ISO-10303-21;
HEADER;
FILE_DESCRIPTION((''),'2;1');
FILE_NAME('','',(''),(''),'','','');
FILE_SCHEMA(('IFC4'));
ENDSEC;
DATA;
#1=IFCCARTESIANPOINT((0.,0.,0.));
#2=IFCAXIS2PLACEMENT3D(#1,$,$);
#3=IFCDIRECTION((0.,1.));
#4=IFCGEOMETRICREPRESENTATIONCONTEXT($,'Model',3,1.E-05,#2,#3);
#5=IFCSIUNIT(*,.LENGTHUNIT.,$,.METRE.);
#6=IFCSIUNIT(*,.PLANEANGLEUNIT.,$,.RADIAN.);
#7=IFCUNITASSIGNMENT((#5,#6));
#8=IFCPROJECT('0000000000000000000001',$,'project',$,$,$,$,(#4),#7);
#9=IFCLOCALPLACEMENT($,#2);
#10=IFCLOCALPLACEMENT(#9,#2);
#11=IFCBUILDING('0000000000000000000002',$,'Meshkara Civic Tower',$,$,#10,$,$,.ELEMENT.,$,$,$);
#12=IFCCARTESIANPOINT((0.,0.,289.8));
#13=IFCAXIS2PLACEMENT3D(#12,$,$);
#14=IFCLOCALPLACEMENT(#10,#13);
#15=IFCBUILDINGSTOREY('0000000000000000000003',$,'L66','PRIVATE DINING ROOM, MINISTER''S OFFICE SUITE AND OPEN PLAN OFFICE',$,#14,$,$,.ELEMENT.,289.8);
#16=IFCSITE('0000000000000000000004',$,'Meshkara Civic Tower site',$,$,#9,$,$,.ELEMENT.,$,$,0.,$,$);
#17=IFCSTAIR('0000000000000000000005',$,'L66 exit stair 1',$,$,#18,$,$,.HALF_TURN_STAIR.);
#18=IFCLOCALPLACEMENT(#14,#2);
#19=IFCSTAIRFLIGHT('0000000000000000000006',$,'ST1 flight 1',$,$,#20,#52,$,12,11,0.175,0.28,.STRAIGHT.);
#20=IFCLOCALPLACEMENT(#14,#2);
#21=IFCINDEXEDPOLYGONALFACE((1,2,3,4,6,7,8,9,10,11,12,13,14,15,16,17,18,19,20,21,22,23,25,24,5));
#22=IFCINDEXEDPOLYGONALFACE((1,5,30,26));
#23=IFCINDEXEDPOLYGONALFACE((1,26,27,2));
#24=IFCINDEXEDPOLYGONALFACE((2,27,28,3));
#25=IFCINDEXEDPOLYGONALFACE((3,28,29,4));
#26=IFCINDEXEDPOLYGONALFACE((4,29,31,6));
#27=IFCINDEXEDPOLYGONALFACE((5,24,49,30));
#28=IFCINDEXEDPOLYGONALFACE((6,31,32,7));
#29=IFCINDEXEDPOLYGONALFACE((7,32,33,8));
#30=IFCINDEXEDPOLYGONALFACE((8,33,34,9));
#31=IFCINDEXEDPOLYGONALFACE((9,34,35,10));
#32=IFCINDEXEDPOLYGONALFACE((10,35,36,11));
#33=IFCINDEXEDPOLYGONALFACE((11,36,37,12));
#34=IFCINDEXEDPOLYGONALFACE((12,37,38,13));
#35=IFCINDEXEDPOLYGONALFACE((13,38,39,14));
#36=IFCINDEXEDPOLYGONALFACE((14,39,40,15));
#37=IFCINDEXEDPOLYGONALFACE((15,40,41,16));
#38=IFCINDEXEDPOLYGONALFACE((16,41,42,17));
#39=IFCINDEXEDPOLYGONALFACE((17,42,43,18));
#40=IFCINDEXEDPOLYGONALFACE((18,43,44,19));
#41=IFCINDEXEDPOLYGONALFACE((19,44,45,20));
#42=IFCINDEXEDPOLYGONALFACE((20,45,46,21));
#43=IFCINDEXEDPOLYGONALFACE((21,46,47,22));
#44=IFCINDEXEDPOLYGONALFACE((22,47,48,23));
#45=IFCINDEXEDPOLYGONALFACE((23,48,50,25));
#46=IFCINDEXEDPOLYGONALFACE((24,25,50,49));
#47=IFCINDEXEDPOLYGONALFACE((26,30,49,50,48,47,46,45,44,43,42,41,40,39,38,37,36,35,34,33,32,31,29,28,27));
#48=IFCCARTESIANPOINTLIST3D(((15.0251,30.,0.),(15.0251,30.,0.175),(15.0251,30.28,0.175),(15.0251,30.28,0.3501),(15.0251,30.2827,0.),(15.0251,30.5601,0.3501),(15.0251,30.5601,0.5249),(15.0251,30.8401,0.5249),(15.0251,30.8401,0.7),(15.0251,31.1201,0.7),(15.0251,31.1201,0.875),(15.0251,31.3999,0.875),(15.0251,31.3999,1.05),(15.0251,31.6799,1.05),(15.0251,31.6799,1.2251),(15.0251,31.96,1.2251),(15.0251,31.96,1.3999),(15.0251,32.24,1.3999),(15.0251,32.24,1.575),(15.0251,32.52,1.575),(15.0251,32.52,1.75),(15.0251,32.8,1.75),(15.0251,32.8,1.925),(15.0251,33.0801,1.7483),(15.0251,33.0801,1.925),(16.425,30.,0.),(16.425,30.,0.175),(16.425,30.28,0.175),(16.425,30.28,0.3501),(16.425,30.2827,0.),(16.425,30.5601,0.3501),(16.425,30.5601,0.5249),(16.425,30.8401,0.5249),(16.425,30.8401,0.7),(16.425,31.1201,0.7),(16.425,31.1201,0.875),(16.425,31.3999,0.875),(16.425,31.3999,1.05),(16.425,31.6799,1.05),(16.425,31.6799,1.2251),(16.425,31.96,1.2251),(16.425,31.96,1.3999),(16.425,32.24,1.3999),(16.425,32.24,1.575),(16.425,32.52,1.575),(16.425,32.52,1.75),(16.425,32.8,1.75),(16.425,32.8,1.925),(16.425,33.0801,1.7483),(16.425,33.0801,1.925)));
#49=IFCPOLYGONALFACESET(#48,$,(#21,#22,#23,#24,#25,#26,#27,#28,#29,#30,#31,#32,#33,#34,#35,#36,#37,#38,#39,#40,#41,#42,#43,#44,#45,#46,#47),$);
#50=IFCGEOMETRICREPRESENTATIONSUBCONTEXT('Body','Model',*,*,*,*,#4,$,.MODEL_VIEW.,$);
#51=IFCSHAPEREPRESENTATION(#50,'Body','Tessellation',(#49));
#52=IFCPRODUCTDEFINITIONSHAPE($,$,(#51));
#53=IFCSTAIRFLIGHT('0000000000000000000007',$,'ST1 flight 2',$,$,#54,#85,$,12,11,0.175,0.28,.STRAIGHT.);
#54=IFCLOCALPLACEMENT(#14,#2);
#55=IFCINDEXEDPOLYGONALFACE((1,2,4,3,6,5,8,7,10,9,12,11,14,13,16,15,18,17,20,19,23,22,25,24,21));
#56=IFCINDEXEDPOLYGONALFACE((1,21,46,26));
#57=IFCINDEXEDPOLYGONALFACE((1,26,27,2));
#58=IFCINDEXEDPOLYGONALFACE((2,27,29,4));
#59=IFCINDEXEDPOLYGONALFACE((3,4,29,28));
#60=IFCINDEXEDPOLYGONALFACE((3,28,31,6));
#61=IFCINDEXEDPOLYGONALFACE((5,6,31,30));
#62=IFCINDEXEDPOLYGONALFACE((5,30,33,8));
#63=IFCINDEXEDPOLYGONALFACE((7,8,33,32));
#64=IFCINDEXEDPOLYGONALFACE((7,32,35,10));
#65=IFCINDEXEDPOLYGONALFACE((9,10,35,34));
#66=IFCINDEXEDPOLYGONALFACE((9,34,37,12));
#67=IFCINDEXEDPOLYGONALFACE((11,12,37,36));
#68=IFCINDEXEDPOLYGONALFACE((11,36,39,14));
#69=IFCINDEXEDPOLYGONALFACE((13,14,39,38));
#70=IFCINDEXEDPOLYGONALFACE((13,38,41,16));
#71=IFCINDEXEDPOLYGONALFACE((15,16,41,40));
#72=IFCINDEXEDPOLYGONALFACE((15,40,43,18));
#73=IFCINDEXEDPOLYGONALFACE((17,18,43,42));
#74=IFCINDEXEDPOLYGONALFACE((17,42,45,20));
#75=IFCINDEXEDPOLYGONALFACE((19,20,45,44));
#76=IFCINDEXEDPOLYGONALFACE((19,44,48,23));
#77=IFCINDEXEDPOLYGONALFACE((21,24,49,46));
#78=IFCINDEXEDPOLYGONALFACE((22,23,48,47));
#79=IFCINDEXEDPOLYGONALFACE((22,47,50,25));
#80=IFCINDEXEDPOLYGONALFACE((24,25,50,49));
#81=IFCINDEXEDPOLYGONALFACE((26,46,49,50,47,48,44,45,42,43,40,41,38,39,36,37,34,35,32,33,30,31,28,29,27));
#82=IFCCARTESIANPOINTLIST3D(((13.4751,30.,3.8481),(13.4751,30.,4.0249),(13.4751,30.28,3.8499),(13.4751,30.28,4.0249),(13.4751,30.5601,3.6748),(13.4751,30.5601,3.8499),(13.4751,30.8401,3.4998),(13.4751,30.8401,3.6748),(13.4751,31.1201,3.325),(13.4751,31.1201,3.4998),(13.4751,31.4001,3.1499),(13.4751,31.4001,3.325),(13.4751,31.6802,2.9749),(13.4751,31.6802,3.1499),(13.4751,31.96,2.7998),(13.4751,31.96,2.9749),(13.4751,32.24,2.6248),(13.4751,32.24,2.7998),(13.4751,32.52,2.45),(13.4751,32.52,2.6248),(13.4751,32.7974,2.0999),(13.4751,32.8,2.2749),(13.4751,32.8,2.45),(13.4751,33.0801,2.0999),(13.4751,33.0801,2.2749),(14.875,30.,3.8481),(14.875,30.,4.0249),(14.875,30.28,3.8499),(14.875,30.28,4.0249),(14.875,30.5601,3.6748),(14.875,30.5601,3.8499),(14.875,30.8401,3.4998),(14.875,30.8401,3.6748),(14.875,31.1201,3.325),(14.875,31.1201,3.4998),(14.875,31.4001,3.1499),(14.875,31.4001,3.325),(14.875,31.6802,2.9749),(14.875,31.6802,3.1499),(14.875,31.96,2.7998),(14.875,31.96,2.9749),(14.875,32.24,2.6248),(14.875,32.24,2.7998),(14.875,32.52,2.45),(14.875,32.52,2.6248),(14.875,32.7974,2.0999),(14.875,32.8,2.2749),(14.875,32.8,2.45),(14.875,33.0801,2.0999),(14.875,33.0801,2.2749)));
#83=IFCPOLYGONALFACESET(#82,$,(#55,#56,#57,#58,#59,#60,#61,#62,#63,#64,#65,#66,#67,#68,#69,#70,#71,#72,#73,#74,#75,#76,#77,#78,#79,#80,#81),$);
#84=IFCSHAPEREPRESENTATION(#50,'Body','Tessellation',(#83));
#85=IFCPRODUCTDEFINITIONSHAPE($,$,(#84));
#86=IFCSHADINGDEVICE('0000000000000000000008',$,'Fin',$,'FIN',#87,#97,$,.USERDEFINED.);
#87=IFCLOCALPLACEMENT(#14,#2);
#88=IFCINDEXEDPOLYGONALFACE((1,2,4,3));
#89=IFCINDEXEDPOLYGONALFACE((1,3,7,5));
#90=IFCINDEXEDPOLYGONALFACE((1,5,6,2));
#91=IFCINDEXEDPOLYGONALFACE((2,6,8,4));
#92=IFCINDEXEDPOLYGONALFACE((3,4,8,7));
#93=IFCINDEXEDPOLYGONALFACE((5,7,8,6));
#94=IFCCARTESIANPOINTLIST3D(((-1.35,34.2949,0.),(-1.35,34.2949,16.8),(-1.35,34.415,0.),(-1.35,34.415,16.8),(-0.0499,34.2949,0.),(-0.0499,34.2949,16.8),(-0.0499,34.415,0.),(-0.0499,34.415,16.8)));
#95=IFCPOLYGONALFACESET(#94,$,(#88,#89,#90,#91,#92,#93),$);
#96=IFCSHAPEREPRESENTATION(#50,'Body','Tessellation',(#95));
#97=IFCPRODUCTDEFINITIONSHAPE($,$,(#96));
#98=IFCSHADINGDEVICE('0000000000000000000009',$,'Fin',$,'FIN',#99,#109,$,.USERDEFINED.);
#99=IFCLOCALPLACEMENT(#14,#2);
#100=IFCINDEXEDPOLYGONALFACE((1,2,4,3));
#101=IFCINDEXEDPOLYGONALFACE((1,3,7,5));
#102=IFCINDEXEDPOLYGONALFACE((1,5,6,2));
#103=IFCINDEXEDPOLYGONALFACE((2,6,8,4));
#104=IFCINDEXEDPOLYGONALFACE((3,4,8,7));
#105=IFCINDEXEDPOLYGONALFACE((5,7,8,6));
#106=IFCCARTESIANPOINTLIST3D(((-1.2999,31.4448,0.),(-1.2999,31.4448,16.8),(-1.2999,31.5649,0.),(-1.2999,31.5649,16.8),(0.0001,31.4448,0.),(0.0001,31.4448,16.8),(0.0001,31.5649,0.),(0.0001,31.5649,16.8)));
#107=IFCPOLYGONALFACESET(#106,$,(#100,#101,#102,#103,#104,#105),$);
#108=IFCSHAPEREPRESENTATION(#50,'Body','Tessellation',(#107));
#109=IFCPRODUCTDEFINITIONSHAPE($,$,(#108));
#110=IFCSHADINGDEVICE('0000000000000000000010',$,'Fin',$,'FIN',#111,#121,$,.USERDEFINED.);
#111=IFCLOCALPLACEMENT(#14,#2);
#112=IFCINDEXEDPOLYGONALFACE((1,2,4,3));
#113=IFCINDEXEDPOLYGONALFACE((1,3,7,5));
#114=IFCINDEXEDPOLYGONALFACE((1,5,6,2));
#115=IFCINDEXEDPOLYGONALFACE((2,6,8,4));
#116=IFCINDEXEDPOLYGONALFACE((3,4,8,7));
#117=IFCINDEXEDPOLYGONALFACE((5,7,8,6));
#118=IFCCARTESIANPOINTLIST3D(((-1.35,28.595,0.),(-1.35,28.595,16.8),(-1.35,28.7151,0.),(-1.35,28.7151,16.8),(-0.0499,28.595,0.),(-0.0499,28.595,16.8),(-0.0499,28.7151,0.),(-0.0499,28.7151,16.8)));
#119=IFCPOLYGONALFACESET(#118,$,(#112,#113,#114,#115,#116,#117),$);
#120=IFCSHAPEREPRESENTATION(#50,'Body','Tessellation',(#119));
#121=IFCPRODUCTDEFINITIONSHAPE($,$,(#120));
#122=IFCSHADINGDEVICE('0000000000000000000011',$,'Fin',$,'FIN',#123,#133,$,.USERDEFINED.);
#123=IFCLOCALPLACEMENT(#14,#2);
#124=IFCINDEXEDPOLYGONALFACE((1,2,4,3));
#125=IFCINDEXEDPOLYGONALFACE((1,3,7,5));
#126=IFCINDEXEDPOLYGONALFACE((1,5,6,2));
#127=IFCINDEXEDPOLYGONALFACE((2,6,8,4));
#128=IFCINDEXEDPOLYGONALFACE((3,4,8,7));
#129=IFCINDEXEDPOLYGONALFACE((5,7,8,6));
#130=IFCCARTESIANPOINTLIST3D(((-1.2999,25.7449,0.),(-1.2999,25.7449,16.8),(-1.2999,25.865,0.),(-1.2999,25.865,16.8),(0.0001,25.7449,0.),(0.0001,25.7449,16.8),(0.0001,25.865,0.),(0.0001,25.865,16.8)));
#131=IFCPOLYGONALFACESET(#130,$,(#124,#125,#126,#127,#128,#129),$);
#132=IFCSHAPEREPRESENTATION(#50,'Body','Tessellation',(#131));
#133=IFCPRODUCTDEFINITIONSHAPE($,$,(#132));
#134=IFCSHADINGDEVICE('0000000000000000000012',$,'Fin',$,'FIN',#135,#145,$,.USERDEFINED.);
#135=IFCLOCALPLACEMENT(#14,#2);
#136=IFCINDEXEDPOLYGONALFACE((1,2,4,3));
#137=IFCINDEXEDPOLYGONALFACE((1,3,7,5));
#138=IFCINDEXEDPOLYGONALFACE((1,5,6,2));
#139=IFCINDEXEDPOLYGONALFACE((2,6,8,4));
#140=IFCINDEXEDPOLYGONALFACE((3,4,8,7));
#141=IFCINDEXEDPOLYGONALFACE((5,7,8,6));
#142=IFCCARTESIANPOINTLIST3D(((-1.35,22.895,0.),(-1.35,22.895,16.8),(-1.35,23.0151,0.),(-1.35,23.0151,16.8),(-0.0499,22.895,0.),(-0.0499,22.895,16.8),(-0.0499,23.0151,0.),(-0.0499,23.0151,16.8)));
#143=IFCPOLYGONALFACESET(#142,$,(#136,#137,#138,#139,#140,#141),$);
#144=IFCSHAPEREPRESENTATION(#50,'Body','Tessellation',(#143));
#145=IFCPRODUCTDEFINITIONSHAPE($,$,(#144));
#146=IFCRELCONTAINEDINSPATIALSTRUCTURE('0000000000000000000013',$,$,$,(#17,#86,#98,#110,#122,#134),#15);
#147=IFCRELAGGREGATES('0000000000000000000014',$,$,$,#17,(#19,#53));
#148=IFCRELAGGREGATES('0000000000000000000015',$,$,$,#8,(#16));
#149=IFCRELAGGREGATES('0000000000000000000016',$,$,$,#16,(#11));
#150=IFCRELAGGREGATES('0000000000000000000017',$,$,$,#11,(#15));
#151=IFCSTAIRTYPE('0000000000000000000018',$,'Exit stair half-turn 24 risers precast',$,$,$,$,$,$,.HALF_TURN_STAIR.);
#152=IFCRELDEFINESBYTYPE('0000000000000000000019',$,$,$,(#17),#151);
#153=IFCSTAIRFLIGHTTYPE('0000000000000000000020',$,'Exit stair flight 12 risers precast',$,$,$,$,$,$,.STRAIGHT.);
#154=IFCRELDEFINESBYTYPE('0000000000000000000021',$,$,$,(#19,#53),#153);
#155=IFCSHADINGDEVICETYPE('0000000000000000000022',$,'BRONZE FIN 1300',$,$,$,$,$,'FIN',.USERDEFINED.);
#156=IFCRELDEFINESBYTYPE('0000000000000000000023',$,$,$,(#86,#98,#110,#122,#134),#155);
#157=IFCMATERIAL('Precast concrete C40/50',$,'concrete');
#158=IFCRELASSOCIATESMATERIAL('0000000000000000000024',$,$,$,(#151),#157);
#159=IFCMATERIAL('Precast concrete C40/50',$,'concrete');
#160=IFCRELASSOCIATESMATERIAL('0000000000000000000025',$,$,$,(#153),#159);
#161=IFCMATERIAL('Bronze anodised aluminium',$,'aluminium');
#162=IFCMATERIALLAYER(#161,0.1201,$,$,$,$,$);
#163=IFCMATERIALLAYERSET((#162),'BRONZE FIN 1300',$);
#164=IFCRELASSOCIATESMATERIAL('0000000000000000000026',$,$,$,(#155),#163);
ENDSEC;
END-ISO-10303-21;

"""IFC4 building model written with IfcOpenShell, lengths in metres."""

from ifc_helpers import new_model, si_unit, direction, frame, origin, origin_2d, place, context, subcontext, project, spatial, polyline, rectangle, outline, extrude, material, layer, layer_set, type_object, element, aggregate, save


model = new_model("IFC4")

# Units and contexts
model_context = context("Model", 3, precision=1e-05, world=origin(), true_north=direction((0.0, 1.0)))
body_context = subcontext(model_context, "Body", "Model", "MODEL_VIEW")
ifc_project = project(units=[si_unit("LENGTHUNIT", "METRE"), si_unit("PLANEANGLEUNIT", "RADIAN")], contexts=[model_context])

# Site, building, storey
site_placement = place(None, origin())
site = spatial("IfcSite", under=ifc_project, at=site_placement, Name="Meshkara Civic Tower site", CompositionType="ELEMENT", RefElevation=0.0)
building_placement = place(site_placement, origin())
building = spatial("IfcBuilding", under=site, at=building_placement, Name="Meshkara Civic Tower", CompositionType="ELEMENT")
storey_placement = place(building_placement, frame((0.0, 0.0, 289.8)))
storey = spatial("IfcBuildingStorey", under=building, at=storey_placement, Name="L66", Description="PRIVATE DINING ROOM, MINISTER'S OFFICE SUITE AND OPEN PLAN OFFICE", CompositionType="ELEMENT", Elevation=289.8)

# Stair, stair flights
ifc_material_1 = material(Name="Precast concrete C40/50", Category="concrete")
stair_type = type_object("IfcStairType", Name="Exit stair half-turn 24 risers precast", PredefinedType="HALF_TURN_STAIR", material=ifc_material_1)
stair_placement = place(storey_placement, origin())
stair = element("IfcStair", 1, at=stair_placement, inside=storey, type_object=stair_type, Name="L66 exit stair 1", PredefinedType="HALF_TURN_STAIR")
ifc_material_2 = material(Name="Precast concrete C40/50", Category="concrete")
stair_flight_type = type_object("IfcStairFlightType", Name="Exit stair flight 12 risers precast", PredefinedType="STRAIGHT", material=ifc_material_2)
stair_flight_1_placement = place(storey_placement, frame((15.7251, 30.0, 0.0), z_axis=(0.0, 0.0, 1.0), x_axis=(0.0, 1.0, 0.0)))
stair_flight_1 = element("IfcStairFlight", 2, at=stair_flight_1_placement, type_object=stair_flight_type, Name="ST1 flight 1", NumberOfRisers=12, NumberOfTreads=11, PredefinedType="STRAIGHT", RiserHeight=0.175, TreadLength=0.28, context=body_context, shape_type="SweptSolid", body=[
    extrude(outline(polyline([(0.0, 0.0), (0.0, 0.175), (0.28, 0.175), (0.28, 0.3501), (0.5601, 0.3501), (0.5601, 0.5249), (0.8401, 0.5249), (0.8401, 0.7), (1.1201, 0.7), (1.1201, 0.875), (1.3999, 0.875), (1.3999, 1.05), (1.6799, 1.05), (1.6799, 1.2251), (1.96, 1.2251), (1.96, 1.3999), (2.24, 1.3999), (2.24, 1.575), (2.52, 1.575), (2.52, 1.75), (2.8, 1.75), (2.8, 1.925), (3.0801, 1.925), (3.0801, 2.1001), (3.0801, 1.7483), (0.2827, 0.0), (0.0, 0.0)])), frame((0.0, 0.7, 0.0), z_axis=(0.0, -1.0, 0.0), x_axis=(1.0, 0.0, 0.0)), (0.0, 0.0, 1.0), 1.3999),
])
stair_flight_2_placement = place(storey_placement, frame((14.175, 33.0801, 2.0999), z_axis=(0.0, 0.0, 1.0), x_axis=(0.0, -1.0, 0.0)))
stair_flight_2 = element("IfcStairFlight", 3, at=stair_flight_2_placement, type_object=stair_flight_type, Name="ST1 flight 2", NumberOfRisers=12, NumberOfTreads=11, PredefinedType="STRAIGHT", RiserHeight=0.175, TreadLength=0.28, context=body_context, shape_type="SweptSolid", body=[
    extrude(outline(polyline([(0.0, 0.0), (0.0, 0.175), (0.28, 0.175), (0.28, 0.3501), (0.5601, 0.3501), (0.5601, 0.5249), (0.8401, 0.5249), (0.8401, 0.7), (1.1201, 0.7), (1.1201, 0.875), (1.3999, 0.875), (1.3999, 1.05), (1.6799, 1.05), (1.6799, 1.2251), (1.96, 1.2251), (1.96, 1.3999), (2.24, 1.3999), (2.24, 1.575), (2.52, 1.575), (2.52, 1.75), (2.8, 1.75), (2.8, 1.925), (3.0801, 1.925), (3.0801, 2.1001), (3.0801, 1.7483), (0.2827, 0.0), (0.0, 0.0)])), frame((0.0, 0.7, 0.0), z_axis=(0.0, -1.0, 0.0), x_axis=(1.0, 0.0, 0.0)), (0.0, 0.0, 1.0), 1.3999),
])
aggregate(stair, [stair_flight_1, stair_flight_2])

# Shading devices
ifc_material_3 = material(Name="Bronze anodised aluminium", Category="aluminium")
ifc_layer_1 = layer(ifc_material_3, 0.1201)
ifc_layer_set_1 = layer_set([ifc_layer_1], Name="BRONZE FIN 1300")
shading_device_type = type_object("IfcShadingDeviceType", Name="BRONZE FIN 1300", ElementType="FIN", PredefinedType="USERDEFINED", material=ifc_layer_set_1)
for number, where, z_axis, x_axis, name in (
    (4, (-0.7, 34.355, 0.0), (0.0, 0.0, 1.0), (0.0, -1.0, 0.0), "Fin"),
    (5, (-0.6499, 31.5049, 0.0), (0.0, 0.0, 1.0), (0.0, -1.0, 0.0), "Fin"),
    (6, (-0.7, 28.655, 0.0), (0.0, 0.0, 1.0), (0.0, -1.0, 0.0), "Fin"),
    (7, (-0.6499, 25.8049, 0.0), (0.0, 0.0, 1.0), (0.0, -1.0, 0.0), "Fin"),
    (8, (-0.7, 22.9551, 0.0), (0.0, 0.0, 1.0), (0.0, -1.0, 0.0), "Fin"),
):
    element("IfcShadingDevice", number, at=place(storey_placement, frame(where, z_axis=z_axis, x_axis=x_axis)), inside=storey, type_object=shading_device_type, Name=name, ObjectType="FIN", PredefinedType="USERDEFINED", context=body_context, shape_type="SweptSolid", body=[
        extrude(rectangle(XDim=0.1201, YDim=1.3, at=origin_2d()), origin(), (0.0, 0.0, 1.0), 16.8),
    ])

save(model, "model.ifc")
